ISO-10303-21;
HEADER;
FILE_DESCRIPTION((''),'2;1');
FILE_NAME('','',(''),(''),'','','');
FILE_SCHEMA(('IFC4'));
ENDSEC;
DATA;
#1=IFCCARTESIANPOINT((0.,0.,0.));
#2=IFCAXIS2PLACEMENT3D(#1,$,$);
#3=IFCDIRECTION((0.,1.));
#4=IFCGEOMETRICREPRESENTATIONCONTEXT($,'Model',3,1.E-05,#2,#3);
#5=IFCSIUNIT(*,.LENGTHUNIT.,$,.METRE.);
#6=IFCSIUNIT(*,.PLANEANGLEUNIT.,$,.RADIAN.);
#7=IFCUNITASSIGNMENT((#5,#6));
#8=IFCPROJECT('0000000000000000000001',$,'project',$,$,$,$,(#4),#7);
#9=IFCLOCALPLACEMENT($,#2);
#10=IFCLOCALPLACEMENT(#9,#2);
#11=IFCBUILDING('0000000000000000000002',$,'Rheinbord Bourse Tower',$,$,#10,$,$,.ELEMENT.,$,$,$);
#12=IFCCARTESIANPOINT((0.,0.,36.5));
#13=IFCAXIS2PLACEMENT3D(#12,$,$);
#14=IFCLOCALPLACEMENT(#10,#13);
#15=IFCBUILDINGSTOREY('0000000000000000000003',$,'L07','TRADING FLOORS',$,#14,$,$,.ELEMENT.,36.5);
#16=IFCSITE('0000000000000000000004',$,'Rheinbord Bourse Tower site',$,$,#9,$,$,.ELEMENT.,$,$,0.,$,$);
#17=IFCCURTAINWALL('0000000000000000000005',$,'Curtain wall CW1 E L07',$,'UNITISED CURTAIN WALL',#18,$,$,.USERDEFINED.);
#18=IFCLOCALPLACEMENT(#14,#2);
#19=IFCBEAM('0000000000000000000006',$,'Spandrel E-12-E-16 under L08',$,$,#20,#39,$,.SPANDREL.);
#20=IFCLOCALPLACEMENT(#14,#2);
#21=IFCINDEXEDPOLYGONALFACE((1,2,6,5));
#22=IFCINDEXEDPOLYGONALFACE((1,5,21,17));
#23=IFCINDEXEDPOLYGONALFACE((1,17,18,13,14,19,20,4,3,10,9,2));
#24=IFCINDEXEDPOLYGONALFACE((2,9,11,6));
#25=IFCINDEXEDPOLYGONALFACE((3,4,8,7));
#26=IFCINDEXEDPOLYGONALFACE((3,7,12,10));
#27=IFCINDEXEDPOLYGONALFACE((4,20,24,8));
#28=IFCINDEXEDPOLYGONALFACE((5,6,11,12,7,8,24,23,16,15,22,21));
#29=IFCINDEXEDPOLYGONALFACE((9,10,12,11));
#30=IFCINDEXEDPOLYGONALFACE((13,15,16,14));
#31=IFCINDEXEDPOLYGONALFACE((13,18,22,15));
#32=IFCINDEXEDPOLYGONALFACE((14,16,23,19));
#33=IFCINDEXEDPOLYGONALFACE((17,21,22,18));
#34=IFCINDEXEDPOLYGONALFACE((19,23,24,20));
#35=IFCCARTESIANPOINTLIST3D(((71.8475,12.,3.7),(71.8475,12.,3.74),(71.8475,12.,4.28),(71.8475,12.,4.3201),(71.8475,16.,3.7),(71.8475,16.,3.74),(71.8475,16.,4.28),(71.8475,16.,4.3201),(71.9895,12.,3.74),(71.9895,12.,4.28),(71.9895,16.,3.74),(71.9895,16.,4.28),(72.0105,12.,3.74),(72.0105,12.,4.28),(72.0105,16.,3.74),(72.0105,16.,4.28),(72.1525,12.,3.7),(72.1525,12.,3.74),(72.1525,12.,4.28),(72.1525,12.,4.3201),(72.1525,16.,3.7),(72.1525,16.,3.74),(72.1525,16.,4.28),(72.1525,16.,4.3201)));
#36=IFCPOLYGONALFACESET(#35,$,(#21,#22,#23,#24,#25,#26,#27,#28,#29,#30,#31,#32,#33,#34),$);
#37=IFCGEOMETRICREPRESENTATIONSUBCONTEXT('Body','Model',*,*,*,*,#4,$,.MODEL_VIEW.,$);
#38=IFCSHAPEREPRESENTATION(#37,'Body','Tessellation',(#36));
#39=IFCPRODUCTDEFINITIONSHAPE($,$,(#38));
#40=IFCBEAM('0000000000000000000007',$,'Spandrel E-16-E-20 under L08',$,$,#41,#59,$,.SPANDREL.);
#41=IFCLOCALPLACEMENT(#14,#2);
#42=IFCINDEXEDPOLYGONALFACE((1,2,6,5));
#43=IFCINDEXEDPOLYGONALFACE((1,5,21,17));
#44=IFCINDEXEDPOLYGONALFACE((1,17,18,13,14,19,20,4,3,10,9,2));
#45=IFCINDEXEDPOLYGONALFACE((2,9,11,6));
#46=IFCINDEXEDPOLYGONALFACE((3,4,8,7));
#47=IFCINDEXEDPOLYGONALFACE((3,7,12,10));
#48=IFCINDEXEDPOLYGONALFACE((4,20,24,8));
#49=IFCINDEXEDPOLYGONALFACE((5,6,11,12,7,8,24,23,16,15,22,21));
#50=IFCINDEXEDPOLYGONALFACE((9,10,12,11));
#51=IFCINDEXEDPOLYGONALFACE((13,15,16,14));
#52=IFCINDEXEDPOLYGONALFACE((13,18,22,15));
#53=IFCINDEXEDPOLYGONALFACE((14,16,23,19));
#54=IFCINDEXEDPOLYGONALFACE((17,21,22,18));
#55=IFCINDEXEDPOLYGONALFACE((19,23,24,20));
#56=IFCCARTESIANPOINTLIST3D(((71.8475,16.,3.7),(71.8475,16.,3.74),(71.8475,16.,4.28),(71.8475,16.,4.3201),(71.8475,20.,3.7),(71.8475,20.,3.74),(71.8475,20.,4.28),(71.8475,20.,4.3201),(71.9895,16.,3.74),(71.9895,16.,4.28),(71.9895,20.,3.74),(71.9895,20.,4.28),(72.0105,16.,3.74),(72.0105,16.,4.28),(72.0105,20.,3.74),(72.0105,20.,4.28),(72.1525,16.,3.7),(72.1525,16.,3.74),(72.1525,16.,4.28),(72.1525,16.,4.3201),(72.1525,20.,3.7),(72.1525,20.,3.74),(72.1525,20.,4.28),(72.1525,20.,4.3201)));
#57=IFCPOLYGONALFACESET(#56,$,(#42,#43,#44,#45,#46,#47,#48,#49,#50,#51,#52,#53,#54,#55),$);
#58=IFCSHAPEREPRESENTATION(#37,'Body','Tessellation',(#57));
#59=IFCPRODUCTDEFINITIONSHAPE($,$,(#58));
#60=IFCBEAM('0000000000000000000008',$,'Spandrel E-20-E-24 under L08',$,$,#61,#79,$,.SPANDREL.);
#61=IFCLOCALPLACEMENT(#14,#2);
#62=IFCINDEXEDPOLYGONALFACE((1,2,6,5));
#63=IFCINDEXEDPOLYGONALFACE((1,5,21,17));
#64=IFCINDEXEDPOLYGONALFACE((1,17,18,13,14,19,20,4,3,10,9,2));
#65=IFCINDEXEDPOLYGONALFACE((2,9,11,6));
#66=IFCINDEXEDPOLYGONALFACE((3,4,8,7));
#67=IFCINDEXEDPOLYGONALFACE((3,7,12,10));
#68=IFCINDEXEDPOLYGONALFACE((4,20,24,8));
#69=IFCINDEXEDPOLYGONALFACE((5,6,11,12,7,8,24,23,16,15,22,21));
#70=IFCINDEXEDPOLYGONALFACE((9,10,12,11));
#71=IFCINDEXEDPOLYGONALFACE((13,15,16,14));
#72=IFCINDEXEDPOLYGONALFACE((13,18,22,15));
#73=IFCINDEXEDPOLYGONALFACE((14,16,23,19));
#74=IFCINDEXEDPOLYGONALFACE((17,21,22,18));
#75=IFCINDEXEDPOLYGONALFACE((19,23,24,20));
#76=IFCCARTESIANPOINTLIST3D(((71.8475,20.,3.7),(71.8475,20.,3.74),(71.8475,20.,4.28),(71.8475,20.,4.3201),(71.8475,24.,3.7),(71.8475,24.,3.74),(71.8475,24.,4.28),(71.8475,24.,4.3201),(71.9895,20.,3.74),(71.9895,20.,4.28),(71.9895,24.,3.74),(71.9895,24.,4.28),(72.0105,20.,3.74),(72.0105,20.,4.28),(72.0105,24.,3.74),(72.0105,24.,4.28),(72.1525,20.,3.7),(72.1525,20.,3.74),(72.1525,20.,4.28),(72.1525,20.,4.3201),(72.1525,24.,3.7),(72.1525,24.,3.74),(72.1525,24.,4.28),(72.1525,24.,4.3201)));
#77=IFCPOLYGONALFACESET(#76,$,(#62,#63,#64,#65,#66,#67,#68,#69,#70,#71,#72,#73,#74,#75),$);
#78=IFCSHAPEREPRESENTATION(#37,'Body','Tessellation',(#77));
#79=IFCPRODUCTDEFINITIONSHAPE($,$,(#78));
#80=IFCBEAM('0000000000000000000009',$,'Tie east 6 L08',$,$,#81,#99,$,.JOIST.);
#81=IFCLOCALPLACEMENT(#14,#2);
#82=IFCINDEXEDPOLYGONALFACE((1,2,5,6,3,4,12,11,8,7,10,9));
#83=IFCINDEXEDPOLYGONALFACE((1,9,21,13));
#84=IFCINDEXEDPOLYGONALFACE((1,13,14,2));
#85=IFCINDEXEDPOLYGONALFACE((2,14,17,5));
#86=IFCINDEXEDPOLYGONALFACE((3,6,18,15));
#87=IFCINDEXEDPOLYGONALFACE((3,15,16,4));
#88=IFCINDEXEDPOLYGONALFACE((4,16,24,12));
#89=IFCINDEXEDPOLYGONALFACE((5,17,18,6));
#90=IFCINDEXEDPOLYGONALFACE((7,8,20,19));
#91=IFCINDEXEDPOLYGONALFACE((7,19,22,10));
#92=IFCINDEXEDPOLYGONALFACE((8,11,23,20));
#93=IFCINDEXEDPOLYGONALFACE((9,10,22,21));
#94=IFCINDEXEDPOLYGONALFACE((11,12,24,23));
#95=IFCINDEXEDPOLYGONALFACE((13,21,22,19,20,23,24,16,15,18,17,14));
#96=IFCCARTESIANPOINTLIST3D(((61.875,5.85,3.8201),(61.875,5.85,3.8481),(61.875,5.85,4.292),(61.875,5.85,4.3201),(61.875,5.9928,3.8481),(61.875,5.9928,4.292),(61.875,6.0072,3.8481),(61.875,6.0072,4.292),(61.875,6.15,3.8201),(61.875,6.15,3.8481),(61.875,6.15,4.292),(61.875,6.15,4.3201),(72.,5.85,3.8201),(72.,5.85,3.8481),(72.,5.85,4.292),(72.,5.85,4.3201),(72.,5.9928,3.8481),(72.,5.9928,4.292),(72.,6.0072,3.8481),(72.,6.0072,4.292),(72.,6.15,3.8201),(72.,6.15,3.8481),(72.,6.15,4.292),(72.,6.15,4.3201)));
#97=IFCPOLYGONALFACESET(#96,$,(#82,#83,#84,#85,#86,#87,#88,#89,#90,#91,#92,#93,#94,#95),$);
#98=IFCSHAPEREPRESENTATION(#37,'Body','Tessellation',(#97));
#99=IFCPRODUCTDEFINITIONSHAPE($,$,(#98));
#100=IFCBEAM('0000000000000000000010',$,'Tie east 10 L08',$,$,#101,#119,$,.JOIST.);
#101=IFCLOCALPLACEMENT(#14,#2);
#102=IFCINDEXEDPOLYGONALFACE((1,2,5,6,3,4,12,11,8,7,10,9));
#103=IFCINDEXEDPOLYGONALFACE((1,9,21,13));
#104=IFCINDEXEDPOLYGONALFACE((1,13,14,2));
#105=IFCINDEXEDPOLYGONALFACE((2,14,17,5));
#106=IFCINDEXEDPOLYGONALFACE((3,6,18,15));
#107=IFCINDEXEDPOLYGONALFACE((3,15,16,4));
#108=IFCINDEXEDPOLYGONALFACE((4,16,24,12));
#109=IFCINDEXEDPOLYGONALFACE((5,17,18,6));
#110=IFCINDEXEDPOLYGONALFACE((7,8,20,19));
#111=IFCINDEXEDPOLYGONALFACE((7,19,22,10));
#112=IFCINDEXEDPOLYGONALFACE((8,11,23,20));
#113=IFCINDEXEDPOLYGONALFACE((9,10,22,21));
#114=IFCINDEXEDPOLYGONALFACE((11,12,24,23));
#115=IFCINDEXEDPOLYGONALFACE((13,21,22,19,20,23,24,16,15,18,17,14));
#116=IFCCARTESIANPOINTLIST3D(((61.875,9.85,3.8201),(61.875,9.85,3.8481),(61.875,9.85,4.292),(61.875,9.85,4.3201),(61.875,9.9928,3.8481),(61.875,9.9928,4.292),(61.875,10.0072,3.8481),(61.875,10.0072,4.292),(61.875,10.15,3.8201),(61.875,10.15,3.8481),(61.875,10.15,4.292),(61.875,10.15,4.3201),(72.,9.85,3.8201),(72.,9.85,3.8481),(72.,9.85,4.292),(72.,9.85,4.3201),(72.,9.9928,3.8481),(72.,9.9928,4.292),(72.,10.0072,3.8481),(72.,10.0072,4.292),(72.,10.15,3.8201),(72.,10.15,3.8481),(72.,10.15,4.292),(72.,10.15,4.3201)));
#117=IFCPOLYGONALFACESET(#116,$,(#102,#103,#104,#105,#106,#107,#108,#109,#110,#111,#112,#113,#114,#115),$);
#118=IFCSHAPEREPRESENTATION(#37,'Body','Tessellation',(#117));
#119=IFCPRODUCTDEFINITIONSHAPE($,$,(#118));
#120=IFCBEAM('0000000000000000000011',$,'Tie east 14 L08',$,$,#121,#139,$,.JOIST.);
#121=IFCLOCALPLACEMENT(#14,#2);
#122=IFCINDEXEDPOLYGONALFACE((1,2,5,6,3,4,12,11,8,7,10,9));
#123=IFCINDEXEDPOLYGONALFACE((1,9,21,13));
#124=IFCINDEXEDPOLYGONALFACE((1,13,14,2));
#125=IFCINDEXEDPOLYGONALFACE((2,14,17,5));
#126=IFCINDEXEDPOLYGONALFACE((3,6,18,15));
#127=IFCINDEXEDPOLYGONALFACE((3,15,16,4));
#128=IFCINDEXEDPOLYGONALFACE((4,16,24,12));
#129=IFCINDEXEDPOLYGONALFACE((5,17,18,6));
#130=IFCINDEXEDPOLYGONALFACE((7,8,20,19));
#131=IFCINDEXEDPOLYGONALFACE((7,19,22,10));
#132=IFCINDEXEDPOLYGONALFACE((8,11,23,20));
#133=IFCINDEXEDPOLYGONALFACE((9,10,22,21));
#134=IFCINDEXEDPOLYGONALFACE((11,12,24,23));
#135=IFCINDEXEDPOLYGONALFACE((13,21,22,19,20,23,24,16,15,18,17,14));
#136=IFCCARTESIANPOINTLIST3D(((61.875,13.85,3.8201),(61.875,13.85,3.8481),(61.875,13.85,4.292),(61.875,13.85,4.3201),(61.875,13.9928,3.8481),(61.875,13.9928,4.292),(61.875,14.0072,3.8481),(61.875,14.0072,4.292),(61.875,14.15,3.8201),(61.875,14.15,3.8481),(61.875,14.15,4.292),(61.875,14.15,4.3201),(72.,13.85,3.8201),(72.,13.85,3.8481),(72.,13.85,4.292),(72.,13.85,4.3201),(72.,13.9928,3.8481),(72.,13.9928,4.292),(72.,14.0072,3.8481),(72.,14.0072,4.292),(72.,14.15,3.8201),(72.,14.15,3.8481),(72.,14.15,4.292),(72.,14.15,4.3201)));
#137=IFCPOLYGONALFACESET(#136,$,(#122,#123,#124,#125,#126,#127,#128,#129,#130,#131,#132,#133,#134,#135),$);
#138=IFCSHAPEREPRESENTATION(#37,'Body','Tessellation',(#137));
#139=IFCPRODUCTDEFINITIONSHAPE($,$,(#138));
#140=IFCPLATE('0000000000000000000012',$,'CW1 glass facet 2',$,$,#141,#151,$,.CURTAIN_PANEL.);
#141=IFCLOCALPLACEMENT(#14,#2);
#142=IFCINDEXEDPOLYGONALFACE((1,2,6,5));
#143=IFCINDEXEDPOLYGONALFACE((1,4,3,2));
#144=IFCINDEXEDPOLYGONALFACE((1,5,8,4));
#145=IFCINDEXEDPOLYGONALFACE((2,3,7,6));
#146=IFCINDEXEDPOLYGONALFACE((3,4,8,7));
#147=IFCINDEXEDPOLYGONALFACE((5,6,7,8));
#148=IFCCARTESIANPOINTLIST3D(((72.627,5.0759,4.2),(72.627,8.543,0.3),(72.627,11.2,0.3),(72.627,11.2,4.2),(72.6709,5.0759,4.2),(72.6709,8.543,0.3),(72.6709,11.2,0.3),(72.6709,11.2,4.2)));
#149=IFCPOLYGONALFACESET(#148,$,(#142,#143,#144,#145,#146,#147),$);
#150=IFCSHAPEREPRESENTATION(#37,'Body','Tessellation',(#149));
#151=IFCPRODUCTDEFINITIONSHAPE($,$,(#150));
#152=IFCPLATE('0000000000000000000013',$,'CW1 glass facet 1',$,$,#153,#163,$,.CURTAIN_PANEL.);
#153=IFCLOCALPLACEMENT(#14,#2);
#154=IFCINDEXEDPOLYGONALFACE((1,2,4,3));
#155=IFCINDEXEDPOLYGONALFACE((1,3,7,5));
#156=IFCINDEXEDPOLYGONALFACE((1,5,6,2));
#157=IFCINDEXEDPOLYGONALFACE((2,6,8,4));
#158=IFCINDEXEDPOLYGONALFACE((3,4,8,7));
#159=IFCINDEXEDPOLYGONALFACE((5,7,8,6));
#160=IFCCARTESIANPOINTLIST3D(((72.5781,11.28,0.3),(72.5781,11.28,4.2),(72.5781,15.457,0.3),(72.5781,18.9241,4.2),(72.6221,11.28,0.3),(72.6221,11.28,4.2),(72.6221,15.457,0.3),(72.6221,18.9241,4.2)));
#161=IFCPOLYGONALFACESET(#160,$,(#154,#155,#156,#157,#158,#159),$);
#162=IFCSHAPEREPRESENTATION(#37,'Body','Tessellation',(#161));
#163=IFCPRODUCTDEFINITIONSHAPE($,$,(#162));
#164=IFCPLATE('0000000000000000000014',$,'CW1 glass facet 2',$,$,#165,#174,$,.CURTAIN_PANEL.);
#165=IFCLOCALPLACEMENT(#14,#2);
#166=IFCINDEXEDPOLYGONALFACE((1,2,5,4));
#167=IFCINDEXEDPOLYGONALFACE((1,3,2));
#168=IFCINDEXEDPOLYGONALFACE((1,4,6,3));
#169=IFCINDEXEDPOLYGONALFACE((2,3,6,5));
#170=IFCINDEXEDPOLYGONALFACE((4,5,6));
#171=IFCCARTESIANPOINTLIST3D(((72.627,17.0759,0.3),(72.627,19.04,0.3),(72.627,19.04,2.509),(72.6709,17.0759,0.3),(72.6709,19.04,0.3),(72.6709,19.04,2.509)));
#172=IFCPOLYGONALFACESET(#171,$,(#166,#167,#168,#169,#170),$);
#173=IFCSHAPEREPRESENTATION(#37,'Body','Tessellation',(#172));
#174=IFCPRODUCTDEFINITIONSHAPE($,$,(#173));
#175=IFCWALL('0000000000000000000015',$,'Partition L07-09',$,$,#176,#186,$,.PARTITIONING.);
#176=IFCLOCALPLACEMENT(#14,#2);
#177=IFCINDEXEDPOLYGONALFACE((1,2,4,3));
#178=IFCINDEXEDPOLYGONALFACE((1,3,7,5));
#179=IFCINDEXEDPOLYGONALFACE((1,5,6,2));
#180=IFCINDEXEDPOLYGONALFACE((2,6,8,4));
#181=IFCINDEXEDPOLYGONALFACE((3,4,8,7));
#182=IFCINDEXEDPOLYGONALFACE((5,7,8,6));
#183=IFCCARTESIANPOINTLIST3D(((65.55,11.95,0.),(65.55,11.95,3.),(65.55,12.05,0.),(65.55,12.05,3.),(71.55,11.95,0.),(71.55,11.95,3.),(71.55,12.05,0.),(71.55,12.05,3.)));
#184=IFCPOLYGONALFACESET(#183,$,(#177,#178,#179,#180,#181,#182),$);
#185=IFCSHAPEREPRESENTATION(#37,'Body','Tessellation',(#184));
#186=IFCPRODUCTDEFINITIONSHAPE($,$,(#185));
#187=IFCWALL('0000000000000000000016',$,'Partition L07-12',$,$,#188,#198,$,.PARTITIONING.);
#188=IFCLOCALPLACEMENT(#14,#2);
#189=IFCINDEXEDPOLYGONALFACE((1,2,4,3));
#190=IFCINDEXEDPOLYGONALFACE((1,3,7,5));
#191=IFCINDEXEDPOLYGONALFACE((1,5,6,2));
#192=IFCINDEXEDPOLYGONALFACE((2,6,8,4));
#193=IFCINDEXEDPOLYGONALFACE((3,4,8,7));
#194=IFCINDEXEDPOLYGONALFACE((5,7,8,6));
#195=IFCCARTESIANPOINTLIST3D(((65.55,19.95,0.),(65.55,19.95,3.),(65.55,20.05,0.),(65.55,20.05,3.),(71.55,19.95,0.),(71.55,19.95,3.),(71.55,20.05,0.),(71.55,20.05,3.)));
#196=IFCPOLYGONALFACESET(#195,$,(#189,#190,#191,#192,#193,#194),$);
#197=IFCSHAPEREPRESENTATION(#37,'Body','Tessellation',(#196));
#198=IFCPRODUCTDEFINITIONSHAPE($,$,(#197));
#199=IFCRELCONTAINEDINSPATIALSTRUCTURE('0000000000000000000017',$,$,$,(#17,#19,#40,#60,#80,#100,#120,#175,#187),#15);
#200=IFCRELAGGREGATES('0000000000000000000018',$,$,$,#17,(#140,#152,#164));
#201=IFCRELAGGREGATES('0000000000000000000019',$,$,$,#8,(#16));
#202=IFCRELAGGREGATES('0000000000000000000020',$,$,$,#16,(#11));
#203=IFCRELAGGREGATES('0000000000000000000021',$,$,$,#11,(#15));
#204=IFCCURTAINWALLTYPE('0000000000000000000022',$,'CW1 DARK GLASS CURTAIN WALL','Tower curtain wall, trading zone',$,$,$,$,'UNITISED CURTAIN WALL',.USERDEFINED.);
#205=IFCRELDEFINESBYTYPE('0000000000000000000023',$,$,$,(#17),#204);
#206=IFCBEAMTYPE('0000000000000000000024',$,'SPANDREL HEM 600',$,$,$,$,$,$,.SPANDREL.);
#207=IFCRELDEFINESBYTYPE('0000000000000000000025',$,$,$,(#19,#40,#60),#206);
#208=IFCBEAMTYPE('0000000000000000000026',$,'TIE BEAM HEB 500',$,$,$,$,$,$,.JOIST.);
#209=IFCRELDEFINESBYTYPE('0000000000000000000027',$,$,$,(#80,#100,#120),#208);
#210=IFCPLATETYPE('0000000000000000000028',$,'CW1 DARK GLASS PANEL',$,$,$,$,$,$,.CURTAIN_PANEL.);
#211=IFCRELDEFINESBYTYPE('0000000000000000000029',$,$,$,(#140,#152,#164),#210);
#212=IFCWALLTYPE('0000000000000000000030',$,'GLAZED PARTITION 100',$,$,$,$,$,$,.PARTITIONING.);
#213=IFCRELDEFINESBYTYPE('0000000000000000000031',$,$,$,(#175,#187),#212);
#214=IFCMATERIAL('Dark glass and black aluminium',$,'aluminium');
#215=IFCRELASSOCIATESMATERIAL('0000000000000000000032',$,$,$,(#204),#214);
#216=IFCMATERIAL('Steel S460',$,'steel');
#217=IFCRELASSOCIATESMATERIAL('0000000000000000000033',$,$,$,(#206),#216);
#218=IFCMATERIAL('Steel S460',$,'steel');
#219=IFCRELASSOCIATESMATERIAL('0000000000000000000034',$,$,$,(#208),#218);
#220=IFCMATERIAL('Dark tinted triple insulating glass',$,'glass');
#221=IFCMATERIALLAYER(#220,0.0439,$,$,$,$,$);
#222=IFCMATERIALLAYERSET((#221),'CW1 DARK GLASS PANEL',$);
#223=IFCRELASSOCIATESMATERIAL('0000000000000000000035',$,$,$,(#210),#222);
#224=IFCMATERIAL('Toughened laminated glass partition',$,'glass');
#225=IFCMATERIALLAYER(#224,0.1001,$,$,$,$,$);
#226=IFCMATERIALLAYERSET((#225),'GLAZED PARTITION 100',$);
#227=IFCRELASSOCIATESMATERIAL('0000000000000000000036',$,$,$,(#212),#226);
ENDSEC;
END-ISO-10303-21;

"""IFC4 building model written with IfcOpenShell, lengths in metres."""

from ifc_helpers import new_model, si_unit, direction, frame, frame_2d, origin, origin_2d, place, context, subcontext, project, spatial, polyline, rectangle, i_section, outline, extrude, material, layer, layer_set, material_profile, profile_set, type_object, element, aggregate, save


model = new_model("IFC4")

# Units and contexts
model_context = context("Model", 3, precision=1e-05, world=origin(), true_north=direction((0.0, 1.0)))
body_context = subcontext(model_context, "Body", "Model", "MODEL_VIEW")
ifc_project = project(units=[si_unit("LENGTHUNIT", "METRE"), si_unit("PLANEANGLEUNIT", "RADIAN")], contexts=[model_context])

# Site, building, storey
site_placement = place(None, origin())
site = spatial("IfcSite", under=ifc_project, at=site_placement, Name="Rheinbord Bourse Tower site", CompositionType="ELEMENT", RefElevation=0.0)
building_placement = place(site_placement, origin())
building = spatial("IfcBuilding", under=site, at=building_placement, Name="Rheinbord Bourse Tower", CompositionType="ELEMENT")
storey_placement = place(building_placement, frame((0.0, 0.0, 36.5)))
storey = spatial("IfcBuildingStorey", under=building, at=storey_placement, Name="L07", Description="TRADING FLOORS", CompositionType="ELEMENT", Elevation=36.5)

# Curtain wall
ifc_material_1 = material(Name="Dark glass and black aluminium", Category="aluminium")
curtain_wall_type = type_object("IfcCurtainWallType", Name="CW1 DARK GLASS CURTAIN WALL", Description="Tower curtain wall, trading zone", ElementType="UNITISED CURTAIN WALL", PredefinedType="USERDEFINED", material=ifc_material_1)
curtain_wall_placement = place(storey_placement, origin())
curtain_wall = element("IfcCurtainWall", 1, at=curtain_wall_placement, inside=storey, type_object=curtain_wall_type, Name="Curtain wall CW1 E L07", ObjectType="UNITISED CURTAIN WALL", PredefinedType="USERDEFINED")

# Beams
ifc_material_2 = material(Name="Steel S460", Category="steel")
ifc_material_profile_1 = material_profile(ifc_material_2, i_section(OverallWidth=0.3049, OverallDepth=0.6201, WebThickness=0.021, FlangeThickness=0.04, at=origin_2d()), Name="HEM 600")
ifc_profile_set_1 = profile_set([ifc_material_profile_1], Name="Steel S460")
beam_type_1 = type_object("IfcBeamType", Name="SPANDREL HEM 600", PredefinedType="SPANDREL", material=ifc_profile_set_1)
for number, where, z_axis, x_axis, name in (
    (2, (72.0, 12.0, 4.01), (0.0, 1.0, 0.0), (-1.0, 0.0, 0.0), "Spandrel E-12-E-16 under L08"),
    (3, (72.0, 16.0, 4.01), (0.0, 1.0, 0.0), (-1.0, 0.0, 0.0), "Spandrel E-16-E-20 under L08"),
    (4, (72.0, 20.0, 4.01), (0.0, 1.0, 0.0), (-1.0, 0.0, 0.0), "Spandrel E-20-E-24 under L08"),
):
    element("IfcBeam", number, at=place(storey_placement, frame(where, z_axis=z_axis, x_axis=x_axis)), inside=storey, type_object=beam_type_1, Name=name, PredefinedType="SPANDREL", context=body_context, shape_type="SweptSolid", body=[
        extrude(i_section(OverallWidth=0.3049, OverallDepth=0.6201, WebThickness=0.021, FlangeThickness=0.04, at=origin_2d()), origin(), (0.0, 0.0, 1.0), 4.0),
    ])
ifc_material_3 = material(Name="Steel S460", Category="steel")
ifc_material_profile_2 = material_profile(ifc_material_3, i_section(OverallWidth=0.3, OverallDepth=0.5, WebThickness=0.0144, FlangeThickness=0.0281, at=origin_2d()), Name="HEB 500")
ifc_profile_set_2 = profile_set([ifc_material_profile_2], Name="Steel S460")
beam_type_2 = type_object("IfcBeamType", Name="TIE BEAM HEB 500", PredefinedType="JOIST", material=ifc_profile_set_2)
for number, where, z_axis, x_axis, name in (
    (5, (61.875, 6.0, 4.0701), (1.0, 0.0, 0.0), (0.0, 1.0, 0.0), "Tie east 6 L08"),
    (6, (61.875, 10.0, 4.0701), (1.0, 0.0, 0.0), (0.0, 1.0, 0.0), "Tie east 10 L08"),
    (7, (61.875, 14.0, 4.0701), (1.0, 0.0, 0.0), (0.0, 1.0, 0.0), "Tie east 14 L08"),
):
    element("IfcBeam", number, at=place(storey_placement, frame(where, z_axis=z_axis, x_axis=x_axis)), inside=storey, type_object=beam_type_2, Name=name, PredefinedType="JOIST", context=body_context, shape_type="SweptSolid", body=[
        extrude(i_section(OverallWidth=0.3, OverallDepth=0.5, WebThickness=0.0144, FlangeThickness=0.0281, at=origin_2d()), origin(), (0.0, 0.0, 1.0), 10.125),
    ])

# Plates
ifc_material_4 = material(Name="Dark tinted triple insulating glass", Category="glass")
ifc_layer_1 = layer(ifc_material_4, 0.0439)
ifc_layer_set_1 = layer_set([ifc_layer_1], Name="CW1 DARK GLASS PANEL")
plate_type = type_object("IfcPlateType", Name="CW1 DARK GLASS PANEL", PredefinedType="CURTAIN_PANEL", material=ifc_layer_set_1)
plate_1_placement = place(storey_placement, frame((72.6709, 11.2, 4.2), z_axis=(-1.0, 0.0, 0.0), x_axis=(0.0, 0.0, -1.0)))
plate_1 = element("IfcPlate", 8, at=plate_1_placement, type_object=plate_type, Name="CW1 glass facet 2", PredefinedType="CURTAIN_PANEL", context=body_context, shape_type="SweptSolid", body=[
    extrude(outline(polyline([(0.0, 0.0), (3.8999, 0.0), (3.8999, 2.657), (0.0, 6.124), (0.0, 0.0)])), origin(), (0.0, 0.0, 1.0), 0.0439),
])
plate_2_placement = place(storey_placement, frame((72.6221, 11.28, 0.3), z_axis=(-1.0, 0.0, 0.0), x_axis=(0.0, 0.0, 1.0)))
plate_2 = element("IfcPlate", 9, at=plate_2_placement, type_object=plate_type, Name="CW1 glass facet 1", PredefinedType="CURTAIN_PANEL", context=body_context, shape_type="SweptSolid", body=[
    extrude(outline(polyline([(0.0, 0.0), (3.8999, 0.0), (3.8999, 7.644), (0.0, 4.177), (0.0, 0.0)])), origin(), (0.0, 0.0, 1.0), 0.0439),
])
plate_3_placement = place(storey_placement, frame((72.6709, 19.04, 0.3), z_axis=(-1.0, 0.0, 0.0), x_axis=(0.0, -1.0, 0.0)))
plate_3 = element("IfcPlate", 10, at=plate_3_placement, type_object=plate_type, Name="CW1 glass facet 2", PredefinedType="CURTAIN_PANEL", context=body_context, shape_type="SweptSolid", body=[
    extrude(outline(polyline([(0.0, 0.0), (1.9641, 0.0), (0.0, 2.209), (0.0, 0.0)])), origin(), (0.0, 0.0, 1.0), 0.0439),
])
aggregate(curtain_wall, [plate_1, plate_2, plate_3])

# Walls
ifc_material_5 = material(Name="Toughened laminated glass partition", Category="glass")
ifc_layer_2 = layer(ifc_material_5, 0.1001)
ifc_layer_set_2 = layer_set([ifc_layer_2], Name="GLAZED PARTITION 100")
wall_type_1 = type_object("IfcWallType", Name="GLAZED PARTITION 100", PredefinedType="PARTITIONING", material=ifc_layer_set_2)
for number, where, z_axis, x_axis, name in (
    (11, (65.55, 12.0, 0.0), (0.0, 0.0, 1.0), (1.0, 0.0, 0.0), "Partition L07-09"),
    (12, (65.55, 20.0, 0.0), (0.0, 0.0, 1.0), (1.0, 0.0, 0.0), "Partition L07-12"),
):
    element("IfcWall", number, at=place(storey_placement, frame(where, z_axis=z_axis, x_axis=x_axis)), inside=storey, type_object=wall_type_1, Name=name, PredefinedType="PARTITIONING", context=body_context, shape_type="SweptSolid", body=[
        extrude(rectangle(XDim=6.0, YDim=0.1001, at=frame_2d((3.0, 0.0))), origin(), (0.0, 0.0, 1.0), 3.0),
    ])

save(model, "model.ifc")
